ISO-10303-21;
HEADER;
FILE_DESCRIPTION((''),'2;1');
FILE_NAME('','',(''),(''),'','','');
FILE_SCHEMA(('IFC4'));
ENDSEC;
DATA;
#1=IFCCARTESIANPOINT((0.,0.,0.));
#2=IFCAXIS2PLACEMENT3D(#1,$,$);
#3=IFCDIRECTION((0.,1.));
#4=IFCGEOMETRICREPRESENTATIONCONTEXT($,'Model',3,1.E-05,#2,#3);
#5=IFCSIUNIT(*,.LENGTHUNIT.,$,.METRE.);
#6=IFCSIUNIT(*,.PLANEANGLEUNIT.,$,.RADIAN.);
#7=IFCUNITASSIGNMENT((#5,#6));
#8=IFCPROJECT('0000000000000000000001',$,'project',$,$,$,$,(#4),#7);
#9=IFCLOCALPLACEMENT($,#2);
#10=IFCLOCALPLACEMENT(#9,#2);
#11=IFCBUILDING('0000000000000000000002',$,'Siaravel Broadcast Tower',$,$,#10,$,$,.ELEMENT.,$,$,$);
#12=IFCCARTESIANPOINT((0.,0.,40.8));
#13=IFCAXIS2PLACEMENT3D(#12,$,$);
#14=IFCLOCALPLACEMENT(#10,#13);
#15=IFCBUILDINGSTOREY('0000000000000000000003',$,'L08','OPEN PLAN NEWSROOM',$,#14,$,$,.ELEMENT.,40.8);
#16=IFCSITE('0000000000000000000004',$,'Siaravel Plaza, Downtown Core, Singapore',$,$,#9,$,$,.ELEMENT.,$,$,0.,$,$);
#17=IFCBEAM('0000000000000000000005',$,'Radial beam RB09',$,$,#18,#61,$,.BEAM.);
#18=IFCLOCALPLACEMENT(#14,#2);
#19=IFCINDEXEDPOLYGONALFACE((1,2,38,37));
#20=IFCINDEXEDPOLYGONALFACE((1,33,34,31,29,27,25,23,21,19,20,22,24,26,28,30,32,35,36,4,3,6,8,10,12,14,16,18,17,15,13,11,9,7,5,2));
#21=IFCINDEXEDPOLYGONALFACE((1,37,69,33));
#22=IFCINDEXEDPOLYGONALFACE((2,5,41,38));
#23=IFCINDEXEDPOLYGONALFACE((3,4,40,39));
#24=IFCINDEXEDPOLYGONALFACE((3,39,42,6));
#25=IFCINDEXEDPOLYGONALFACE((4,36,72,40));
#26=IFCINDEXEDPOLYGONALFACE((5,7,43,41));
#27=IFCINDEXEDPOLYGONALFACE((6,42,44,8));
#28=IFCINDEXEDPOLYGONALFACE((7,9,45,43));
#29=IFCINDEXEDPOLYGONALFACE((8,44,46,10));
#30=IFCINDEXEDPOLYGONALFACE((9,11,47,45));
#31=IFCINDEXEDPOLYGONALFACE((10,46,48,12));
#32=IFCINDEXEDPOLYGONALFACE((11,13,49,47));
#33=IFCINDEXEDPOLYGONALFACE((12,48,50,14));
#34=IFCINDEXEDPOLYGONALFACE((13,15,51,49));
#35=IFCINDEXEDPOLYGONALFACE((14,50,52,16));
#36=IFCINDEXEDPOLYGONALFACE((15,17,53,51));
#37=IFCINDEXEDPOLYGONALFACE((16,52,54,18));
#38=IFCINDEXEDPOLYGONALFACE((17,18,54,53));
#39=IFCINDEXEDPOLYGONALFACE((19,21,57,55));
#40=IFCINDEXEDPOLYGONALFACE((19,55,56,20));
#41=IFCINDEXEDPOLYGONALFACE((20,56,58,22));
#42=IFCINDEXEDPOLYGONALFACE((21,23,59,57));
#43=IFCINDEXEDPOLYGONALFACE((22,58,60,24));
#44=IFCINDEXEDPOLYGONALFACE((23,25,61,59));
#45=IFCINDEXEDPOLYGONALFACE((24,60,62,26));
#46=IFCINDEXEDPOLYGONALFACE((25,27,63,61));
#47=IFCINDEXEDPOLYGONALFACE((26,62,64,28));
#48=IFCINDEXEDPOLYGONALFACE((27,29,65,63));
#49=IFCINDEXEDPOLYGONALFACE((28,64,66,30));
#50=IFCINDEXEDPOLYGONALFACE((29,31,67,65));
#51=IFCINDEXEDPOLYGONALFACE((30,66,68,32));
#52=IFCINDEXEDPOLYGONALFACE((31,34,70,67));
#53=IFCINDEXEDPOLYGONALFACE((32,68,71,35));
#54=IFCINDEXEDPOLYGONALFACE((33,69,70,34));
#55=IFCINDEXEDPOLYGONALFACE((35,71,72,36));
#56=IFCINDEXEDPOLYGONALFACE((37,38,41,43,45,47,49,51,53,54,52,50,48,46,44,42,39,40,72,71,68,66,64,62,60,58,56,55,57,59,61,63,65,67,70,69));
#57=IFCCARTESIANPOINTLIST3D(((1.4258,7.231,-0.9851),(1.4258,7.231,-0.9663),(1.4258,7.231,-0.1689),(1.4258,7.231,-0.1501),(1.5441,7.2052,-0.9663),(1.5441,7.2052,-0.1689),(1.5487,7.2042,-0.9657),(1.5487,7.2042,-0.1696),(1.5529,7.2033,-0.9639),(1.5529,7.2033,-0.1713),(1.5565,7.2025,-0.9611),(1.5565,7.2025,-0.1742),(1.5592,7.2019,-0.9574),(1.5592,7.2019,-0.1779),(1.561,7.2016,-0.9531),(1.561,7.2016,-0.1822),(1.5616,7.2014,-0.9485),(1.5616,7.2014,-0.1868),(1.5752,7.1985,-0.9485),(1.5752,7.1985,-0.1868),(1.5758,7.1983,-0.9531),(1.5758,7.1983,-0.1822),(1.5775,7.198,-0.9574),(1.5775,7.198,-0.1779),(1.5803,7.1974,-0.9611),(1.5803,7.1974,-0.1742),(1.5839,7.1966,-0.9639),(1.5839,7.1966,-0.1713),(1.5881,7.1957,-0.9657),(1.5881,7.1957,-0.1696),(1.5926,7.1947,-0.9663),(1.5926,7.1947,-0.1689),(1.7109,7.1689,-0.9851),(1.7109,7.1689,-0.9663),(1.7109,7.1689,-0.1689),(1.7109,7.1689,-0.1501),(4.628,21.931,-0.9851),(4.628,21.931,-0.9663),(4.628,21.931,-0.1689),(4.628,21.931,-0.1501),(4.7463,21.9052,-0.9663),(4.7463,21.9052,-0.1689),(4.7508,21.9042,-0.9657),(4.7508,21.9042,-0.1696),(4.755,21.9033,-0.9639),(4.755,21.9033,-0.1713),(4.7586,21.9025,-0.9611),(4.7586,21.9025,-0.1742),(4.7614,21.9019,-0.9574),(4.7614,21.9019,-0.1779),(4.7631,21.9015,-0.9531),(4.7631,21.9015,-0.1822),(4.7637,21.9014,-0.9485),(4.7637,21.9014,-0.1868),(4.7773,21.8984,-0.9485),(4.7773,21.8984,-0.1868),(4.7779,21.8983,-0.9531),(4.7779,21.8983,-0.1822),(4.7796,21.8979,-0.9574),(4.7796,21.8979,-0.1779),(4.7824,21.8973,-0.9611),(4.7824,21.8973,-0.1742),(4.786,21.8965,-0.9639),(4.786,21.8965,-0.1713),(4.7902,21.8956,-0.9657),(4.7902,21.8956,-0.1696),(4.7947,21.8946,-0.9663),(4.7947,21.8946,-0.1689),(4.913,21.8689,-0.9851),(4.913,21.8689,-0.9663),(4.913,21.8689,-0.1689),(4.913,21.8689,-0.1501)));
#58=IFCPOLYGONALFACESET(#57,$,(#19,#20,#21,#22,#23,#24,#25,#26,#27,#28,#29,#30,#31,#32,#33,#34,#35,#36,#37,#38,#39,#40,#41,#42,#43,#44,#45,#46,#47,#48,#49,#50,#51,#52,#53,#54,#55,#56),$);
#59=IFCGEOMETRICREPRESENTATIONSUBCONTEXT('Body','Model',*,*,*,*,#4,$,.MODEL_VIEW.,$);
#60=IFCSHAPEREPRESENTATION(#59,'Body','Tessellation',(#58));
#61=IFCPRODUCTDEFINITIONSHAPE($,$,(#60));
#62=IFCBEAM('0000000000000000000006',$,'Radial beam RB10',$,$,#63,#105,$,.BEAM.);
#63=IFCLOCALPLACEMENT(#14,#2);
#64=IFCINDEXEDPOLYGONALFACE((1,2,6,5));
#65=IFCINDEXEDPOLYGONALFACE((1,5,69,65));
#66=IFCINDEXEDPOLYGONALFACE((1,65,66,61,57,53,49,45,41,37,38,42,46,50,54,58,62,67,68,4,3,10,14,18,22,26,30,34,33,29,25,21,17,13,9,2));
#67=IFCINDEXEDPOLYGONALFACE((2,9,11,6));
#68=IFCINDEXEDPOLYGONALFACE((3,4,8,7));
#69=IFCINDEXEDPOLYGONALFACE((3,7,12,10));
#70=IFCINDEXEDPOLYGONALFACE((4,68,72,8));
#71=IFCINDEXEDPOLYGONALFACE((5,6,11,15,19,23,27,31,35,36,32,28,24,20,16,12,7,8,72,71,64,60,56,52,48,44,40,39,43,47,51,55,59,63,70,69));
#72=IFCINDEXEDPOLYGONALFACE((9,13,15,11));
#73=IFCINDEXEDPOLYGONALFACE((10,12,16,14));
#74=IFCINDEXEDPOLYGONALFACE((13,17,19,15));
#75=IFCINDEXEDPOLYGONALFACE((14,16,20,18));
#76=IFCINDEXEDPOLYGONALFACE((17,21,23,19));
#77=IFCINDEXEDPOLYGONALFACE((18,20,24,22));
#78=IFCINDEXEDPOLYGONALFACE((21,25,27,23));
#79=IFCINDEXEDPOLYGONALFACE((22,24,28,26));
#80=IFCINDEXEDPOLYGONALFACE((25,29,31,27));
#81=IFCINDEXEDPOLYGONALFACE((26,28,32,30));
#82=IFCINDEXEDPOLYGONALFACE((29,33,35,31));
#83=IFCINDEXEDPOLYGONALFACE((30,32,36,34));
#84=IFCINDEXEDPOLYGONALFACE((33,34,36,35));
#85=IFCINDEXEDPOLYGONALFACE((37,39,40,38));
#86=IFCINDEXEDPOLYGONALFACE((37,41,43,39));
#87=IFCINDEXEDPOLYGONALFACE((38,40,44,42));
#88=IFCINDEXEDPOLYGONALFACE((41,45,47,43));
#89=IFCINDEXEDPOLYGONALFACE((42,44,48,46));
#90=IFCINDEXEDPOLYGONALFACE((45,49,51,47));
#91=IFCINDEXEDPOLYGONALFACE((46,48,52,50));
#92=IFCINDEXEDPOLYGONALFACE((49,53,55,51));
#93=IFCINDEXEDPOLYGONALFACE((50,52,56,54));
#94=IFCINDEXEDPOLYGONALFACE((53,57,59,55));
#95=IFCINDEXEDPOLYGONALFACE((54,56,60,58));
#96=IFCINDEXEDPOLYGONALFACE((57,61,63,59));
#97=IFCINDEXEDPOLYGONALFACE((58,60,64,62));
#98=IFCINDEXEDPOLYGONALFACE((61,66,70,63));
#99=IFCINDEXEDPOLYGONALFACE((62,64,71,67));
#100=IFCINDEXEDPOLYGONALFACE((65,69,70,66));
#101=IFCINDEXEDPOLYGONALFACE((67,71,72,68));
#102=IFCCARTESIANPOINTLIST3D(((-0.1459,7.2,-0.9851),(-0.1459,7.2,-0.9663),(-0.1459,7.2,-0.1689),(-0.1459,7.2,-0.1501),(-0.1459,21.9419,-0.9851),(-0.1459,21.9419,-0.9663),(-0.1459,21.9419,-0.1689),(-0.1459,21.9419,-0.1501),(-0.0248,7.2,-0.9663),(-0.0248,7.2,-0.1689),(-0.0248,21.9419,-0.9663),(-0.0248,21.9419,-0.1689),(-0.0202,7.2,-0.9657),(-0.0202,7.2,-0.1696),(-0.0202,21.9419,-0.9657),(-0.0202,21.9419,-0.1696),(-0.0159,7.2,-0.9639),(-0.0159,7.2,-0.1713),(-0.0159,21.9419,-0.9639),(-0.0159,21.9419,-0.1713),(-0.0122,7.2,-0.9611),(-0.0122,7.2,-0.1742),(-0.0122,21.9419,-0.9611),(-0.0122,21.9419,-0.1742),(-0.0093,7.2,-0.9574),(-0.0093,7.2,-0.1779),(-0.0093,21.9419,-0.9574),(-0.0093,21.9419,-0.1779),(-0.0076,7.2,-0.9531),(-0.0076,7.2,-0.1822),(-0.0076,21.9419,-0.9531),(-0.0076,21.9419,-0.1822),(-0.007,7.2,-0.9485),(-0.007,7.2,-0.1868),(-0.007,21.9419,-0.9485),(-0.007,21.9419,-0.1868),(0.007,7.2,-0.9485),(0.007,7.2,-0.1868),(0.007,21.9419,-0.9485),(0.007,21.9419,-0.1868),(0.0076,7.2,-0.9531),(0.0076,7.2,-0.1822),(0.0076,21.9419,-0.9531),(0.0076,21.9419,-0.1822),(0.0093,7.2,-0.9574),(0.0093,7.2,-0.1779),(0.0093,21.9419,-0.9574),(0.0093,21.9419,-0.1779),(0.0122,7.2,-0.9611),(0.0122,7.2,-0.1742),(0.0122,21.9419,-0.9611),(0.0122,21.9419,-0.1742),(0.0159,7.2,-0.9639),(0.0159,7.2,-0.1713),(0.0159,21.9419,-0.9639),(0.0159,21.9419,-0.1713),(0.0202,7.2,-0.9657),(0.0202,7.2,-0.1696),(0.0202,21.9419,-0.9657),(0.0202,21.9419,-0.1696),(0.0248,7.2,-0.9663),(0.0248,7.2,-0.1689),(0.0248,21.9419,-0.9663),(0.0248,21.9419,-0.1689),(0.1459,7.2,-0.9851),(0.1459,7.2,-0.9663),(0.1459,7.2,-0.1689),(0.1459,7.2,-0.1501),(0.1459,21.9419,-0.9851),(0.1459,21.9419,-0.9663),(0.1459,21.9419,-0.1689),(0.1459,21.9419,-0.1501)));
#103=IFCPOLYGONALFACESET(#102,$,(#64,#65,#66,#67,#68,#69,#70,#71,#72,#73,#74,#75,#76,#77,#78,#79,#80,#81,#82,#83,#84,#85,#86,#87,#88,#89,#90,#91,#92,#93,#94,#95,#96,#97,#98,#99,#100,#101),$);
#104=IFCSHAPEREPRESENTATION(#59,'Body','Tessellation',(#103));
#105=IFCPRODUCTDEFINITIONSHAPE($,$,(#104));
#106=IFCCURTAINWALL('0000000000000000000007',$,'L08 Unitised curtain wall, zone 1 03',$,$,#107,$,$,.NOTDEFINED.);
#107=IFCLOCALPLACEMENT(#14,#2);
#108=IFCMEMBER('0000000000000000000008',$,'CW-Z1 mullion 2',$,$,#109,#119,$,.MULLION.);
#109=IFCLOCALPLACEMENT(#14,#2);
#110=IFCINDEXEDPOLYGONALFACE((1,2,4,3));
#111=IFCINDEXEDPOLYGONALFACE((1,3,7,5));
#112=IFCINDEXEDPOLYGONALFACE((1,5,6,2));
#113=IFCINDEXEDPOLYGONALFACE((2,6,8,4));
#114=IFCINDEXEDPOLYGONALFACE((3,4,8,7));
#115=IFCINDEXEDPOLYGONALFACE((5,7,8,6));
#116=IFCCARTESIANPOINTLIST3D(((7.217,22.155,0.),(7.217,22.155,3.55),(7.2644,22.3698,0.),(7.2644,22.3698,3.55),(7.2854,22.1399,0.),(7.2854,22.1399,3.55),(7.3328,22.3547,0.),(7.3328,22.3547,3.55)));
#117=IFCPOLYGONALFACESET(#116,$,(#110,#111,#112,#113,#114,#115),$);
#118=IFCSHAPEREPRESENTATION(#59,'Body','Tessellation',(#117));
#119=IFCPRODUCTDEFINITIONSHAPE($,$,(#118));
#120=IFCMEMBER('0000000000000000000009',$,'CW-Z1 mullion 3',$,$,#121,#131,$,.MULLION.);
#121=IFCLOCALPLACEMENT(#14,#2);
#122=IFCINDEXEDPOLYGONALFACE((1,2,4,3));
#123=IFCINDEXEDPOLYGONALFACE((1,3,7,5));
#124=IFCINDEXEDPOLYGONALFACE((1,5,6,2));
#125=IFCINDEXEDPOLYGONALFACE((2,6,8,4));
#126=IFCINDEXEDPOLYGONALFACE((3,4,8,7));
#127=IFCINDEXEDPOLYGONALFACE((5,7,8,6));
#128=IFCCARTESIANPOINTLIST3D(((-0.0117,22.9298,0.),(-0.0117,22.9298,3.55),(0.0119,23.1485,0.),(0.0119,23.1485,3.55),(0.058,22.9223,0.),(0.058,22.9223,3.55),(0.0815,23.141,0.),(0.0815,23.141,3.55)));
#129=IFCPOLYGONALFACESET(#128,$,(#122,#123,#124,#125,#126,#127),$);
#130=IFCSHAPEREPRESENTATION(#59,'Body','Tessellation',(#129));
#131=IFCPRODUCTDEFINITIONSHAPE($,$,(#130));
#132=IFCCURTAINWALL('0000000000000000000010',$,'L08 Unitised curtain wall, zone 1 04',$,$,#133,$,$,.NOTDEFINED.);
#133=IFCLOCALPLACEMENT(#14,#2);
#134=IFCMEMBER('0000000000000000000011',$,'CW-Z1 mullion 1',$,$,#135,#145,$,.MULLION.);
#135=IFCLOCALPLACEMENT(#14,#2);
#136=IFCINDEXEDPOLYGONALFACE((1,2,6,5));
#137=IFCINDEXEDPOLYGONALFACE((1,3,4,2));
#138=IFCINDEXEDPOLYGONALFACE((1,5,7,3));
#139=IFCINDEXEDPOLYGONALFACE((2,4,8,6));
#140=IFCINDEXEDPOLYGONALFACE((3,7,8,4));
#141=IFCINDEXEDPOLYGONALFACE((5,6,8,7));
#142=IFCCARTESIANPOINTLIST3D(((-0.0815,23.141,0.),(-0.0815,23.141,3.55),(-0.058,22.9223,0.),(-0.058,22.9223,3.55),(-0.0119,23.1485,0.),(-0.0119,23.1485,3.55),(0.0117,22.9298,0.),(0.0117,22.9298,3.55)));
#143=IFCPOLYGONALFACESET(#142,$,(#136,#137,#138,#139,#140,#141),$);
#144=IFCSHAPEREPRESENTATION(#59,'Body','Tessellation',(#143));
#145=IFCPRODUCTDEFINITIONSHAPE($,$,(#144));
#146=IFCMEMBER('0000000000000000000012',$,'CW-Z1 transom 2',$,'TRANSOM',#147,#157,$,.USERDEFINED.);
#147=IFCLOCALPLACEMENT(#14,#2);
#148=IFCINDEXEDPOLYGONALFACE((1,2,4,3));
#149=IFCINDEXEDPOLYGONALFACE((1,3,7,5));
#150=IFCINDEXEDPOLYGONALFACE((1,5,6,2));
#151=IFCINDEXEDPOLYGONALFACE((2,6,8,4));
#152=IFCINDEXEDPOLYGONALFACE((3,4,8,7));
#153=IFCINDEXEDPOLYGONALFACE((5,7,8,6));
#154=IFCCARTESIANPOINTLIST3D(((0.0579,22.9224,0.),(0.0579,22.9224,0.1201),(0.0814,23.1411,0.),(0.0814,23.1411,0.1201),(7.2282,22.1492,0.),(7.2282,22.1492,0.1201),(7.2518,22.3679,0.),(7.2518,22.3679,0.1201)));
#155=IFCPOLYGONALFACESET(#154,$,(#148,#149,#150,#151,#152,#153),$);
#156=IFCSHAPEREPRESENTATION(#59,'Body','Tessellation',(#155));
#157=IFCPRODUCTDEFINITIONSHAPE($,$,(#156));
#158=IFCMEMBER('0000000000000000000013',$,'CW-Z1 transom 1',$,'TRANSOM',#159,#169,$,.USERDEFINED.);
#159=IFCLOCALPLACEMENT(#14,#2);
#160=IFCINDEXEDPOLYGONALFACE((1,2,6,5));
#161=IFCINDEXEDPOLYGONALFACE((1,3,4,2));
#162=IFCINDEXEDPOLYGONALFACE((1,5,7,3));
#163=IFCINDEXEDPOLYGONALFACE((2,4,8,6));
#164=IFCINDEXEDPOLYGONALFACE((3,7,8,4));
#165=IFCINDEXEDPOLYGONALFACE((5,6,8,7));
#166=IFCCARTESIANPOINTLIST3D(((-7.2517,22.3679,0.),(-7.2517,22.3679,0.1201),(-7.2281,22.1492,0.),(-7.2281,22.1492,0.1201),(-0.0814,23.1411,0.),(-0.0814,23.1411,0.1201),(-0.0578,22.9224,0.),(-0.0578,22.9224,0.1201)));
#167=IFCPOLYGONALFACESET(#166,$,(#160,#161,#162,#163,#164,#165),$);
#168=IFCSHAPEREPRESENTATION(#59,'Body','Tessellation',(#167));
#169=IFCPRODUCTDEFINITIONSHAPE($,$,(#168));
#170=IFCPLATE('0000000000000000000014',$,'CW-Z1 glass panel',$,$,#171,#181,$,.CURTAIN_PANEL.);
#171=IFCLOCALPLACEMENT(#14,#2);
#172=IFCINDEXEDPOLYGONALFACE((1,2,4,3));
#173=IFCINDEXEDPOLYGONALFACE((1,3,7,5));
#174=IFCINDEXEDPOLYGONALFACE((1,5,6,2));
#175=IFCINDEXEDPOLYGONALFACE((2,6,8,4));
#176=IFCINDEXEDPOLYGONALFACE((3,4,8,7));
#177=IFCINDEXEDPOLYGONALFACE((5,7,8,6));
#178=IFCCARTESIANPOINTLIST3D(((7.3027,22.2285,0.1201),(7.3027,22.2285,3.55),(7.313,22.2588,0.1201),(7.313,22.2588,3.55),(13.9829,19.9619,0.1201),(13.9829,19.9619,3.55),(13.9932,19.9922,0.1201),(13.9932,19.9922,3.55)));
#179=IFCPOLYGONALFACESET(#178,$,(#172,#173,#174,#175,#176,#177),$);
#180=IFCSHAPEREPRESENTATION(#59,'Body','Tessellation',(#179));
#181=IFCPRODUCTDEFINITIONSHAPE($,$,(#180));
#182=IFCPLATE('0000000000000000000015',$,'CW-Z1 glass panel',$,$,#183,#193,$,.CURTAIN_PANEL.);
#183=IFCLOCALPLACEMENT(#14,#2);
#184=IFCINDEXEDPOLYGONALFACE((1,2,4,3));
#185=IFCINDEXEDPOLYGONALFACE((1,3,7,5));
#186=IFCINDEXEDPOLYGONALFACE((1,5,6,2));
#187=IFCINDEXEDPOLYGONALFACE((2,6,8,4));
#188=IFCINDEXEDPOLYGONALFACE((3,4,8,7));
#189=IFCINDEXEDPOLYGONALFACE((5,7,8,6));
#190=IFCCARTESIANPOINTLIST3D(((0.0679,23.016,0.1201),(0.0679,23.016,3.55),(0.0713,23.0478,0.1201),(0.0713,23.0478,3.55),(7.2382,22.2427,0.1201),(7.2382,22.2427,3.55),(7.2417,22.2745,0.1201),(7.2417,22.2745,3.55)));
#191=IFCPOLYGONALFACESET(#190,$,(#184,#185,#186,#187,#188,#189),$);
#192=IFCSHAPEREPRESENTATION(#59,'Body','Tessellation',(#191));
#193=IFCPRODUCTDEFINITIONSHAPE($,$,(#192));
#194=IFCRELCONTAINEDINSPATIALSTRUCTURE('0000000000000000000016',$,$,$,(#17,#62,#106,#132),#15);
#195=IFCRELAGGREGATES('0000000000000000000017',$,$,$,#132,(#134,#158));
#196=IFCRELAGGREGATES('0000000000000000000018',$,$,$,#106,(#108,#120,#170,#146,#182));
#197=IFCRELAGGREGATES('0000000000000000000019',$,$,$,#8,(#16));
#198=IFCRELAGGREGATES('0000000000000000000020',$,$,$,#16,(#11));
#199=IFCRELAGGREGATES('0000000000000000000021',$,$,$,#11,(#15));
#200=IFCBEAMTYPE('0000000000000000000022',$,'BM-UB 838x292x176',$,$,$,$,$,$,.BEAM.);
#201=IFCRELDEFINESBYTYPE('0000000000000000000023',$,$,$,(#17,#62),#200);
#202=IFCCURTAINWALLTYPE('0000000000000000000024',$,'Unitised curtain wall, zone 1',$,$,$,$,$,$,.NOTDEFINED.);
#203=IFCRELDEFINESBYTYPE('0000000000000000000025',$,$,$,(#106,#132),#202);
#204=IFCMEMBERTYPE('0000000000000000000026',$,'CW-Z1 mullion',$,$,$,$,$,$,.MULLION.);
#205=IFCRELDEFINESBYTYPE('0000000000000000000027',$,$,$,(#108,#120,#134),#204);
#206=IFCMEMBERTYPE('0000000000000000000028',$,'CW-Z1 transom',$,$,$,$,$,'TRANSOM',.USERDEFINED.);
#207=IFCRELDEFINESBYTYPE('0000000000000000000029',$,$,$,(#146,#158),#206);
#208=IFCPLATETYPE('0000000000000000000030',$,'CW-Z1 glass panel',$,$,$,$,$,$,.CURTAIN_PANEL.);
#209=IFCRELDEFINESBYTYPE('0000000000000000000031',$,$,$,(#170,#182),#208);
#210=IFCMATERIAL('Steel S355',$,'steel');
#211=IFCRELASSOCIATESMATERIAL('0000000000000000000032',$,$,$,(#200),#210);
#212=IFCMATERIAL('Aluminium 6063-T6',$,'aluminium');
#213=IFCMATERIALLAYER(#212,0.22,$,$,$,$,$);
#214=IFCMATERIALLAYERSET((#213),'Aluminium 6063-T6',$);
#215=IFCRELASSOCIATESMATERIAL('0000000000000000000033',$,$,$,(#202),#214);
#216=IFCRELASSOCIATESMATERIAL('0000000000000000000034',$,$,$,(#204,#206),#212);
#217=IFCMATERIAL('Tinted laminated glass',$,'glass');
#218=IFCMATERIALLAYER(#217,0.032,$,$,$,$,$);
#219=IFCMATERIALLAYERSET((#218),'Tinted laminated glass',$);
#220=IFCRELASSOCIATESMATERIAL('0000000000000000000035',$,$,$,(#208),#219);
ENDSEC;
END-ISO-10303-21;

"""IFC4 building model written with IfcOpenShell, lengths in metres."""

from ifc_helpers import new_model, si_unit, direction, frame, origin, origin_2d, place, context, subcontext, project, spatial, rectangle, i_section, extrude, material, layer, layer_set, material_profile, profile_set, type_object, element, aggregate, save


model = new_model("IFC4")

# Units and contexts
model_context = context("Model", 3, precision=1e-05, world=origin(), true_north=direction((0.0, 1.0)))
body_context = subcontext(model_context, "Body", "Model", "MODEL_VIEW")
ifc_project = project(units=[si_unit("LENGTHUNIT", "METRE"), si_unit("PLANEANGLEUNIT", "RADIAN")], contexts=[model_context])

# Site, building, storey
site_placement = place(None, origin())
site = spatial("IfcSite", under=ifc_project, at=site_placement, Name="Siaravel Plaza, Downtown Core, Singapore", CompositionType="ELEMENT", RefElevation=0.0)
building_placement = place(site_placement, origin())
building = spatial("IfcBuilding", under=site, at=building_placement, Name="Siaravel Broadcast Tower", CompositionType="ELEMENT")
storey_placement = place(building_placement, frame((0.0, 0.0, 40.8)))
storey = spatial("IfcBuildingStorey", under=building, at=storey_placement, Name="L08", Description="OPEN PLAN NEWSROOM", CompositionType="ELEMENT", Elevation=40.8)

# Beams
ifc_material_1 = material(Name="Steel S355", Category="steel")
ifc_material_profile_1 = material_profile(ifc_material_1, i_section(OverallWidth=0.2917, OverallDepth=0.835, WebThickness=0.0139, FlangeThickness=0.0188, FilletRadius=0.0178, at=origin_2d()))
ifc_profile_set_1 = profile_set([ifc_material_profile_1], Name="Steel S355")
beam_type = type_object("IfcBeamType", Name="BM-UB 838x292x176", PredefinedType="BEAM", material=ifc_profile_set_1)
beam_1_placement = place(storey_placement, frame((4.7705, 21.8999, -0.5676), z_axis=(-0.212843, -0.977086, 0.0), x_axis=(0.977086, -0.212843, 0.0)))
element("IfcBeam", 1, at=beam_1_placement, inside=storey, type_object=beam_type, Name="Radial beam RB09", PredefinedType="BEAM", context=body_context, shape_type="SweptSolid", body=[
    extrude(i_section(OverallWidth=0.2917, OverallDepth=0.835, WebThickness=0.0139, FlangeThickness=0.0188, FilletRadius=0.0178, at=origin_2d()), origin(), (0.0, 0.0, 1.0), 15.0447),
])
beam_2_placement = place(storey_placement, frame((0.0, 21.9419, -0.5676), z_axis=(0.0, -1.0, 0.0), x_axis=(1.0, 0.0, 0.0)))
element("IfcBeam", 2, at=beam_2_placement, inside=storey, type_object=beam_type, Name="Radial beam RB10", PredefinedType="BEAM", context=body_context, shape_type="SweptSolid", body=[
    extrude(i_section(OverallWidth=0.2917, OverallDepth=0.835, WebThickness=0.0139, FlangeThickness=0.0188, FilletRadius=0.0178, at=origin_2d()), origin(), (0.0, 0.0, 1.0), 14.7419),
])

# Curtain wall, members
ifc_material_2 = material(Name="Aluminium 6063-T6", Category="aluminium")
ifc_layer_1 = layer(ifc_material_2, 0.22)
ifc_layer_set_1 = layer_set([ifc_layer_1], Name="Aluminium 6063-T6")
curtain_wall_type = type_object("IfcCurtainWallType", Name="Unitised curtain wall, zone 1", PredefinedType="NOTDEFINED", material=ifc_layer_set_1)
curtain_wall_1_placement = place(storey_placement, origin())
curtain_wall_1 = element("IfcCurtainWall", 3, at=curtain_wall_1_placement, inside=storey, type_object=curtain_wall_type, Name="L08 Unitised curtain wall, zone 1 03", PredefinedType="NOTDEFINED")
ifc_material_profile_2 = material_profile(ifc_material_2, rectangle(XDim=0.22, YDim=0.0701, at=origin_2d()))
ifc_profile_set_2 = profile_set([ifc_material_profile_2], Name="Aluminium 6063-T6")
member_type_1 = type_object("IfcMemberType", Name="CW-Z1 mullion", PredefinedType="MULLION", material=ifc_profile_set_2)
member_1_placement = place(storey_placement, frame((7.2749, 22.2549, 0.0), z_axis=(0.0, 0.0, 1.0), x_axis=(-0.215558, -0.976491, 0.0)))
member_1 = element("IfcMember", 4, at=member_1_placement, type_object=member_type_1, Name="CW-Z1 mullion 2", PredefinedType="MULLION", context=body_context, shape_type="SweptSolid", body=[
    extrude(rectangle(XDim=0.22, YDim=0.0701, at=origin_2d()), origin(), (0.0, 0.0, 1.0), 3.55),
])
member_2_placement = place(storey_placement, frame((0.0349, 23.0354, 0.0), z_axis=(0.0, 0.0, 1.0), x_axis=(-0.107218, -0.994236, 0.0)))
member_2 = element("IfcMember", 5, at=member_2_placement, type_object=member_type_1, Name="CW-Z1 mullion 3", PredefinedType="MULLION", context=body_context, shape_type="SweptSolid", body=[
    extrude(rectangle(XDim=0.22, YDim=0.0701, at=origin_2d()), origin(), (0.0, 0.0, 1.0), 3.55),
])

# Curtain wall, member
curtain_wall_2_placement = place(storey_placement, origin())
curtain_wall_2 = element("IfcCurtainWall", 6, at=curtain_wall_2_placement, inside=storey, type_object=curtain_wall_type, Name="L08 Unitised curtain wall, zone 1 04", PredefinedType="NOTDEFINED")
member_3_placement = place(storey_placement, frame((-0.0349, 23.0354, 0.0), z_axis=(0.0, 0.0, 1.0), x_axis=(0.107218, -0.994236, 0.0)))
member_3 = element("IfcMember", 7, at=member_3_placement, type_object=member_type_1, Name="CW-Z1 mullion 1", PredefinedType="MULLION", context=body_context, shape_type="SweptSolid", body=[
    extrude(rectangle(XDim=0.22, YDim=0.0701, at=origin_2d()), origin(), (0.0, 0.0, 1.0), 3.55),
])

# Members
ifc_material_profile_3 = material_profile(ifc_material_2, rectangle(XDim=0.22, YDim=0.1201, at=origin_2d()))
ifc_profile_set_3 = profile_set([ifc_material_profile_3], Name="Aluminium 6063-T6")
member_type_2 = type_object("IfcMemberType", Name="CW-Z1 transom", ElementType="TRANSOM", PredefinedType="USERDEFINED", material=ifc_profile_set_3)
member_4_placement = place(storey_placement, frame((7.24, 22.2585, 0.0601), z_axis=(-0.994236, 0.10721, 0.0), x_axis=(-0.10721, -0.994236, 0.0)))
member_4 = element("IfcMember", 8, at=member_4_placement, type_object=member_type_2, Name="CW-Z1 transom 2", ObjectType="TRANSOM", PredefinedType="USERDEFINED", context=body_context, shape_type="SweptSolid", body=[
    extrude(rectangle(XDim=0.22, YDim=0.1201, at=origin_2d()), origin(), (0.0, 0.0, 1.0), 7.2119),
])
member_5_placement = place(storey_placement, frame((-0.0696, 23.0317, 0.0601), z_axis=(-0.994236, -0.10721, 0.0), x_axis=(0.10721, -0.994236, 0.0)))
member_5 = element("IfcMember", 9, at=member_5_placement, type_object=member_type_2, Name="CW-Z1 transom 1", ObjectType="TRANSOM", PredefinedType="USERDEFINED", context=body_context, shape_type="SweptSolid", body=[
    extrude(rectangle(XDim=0.22, YDim=0.1201, at=origin_2d()), origin(), (0.0, 0.0, 1.0), 7.2119),
])
aggregate(curtain_wall_2, [member_3, member_5])

# Plates
ifc_material_3 = material(Name="Tinted laminated glass", Category="glass")
ifc_layer_2 = layer(ifc_material_3, 0.032)
ifc_layer_set_2 = layer_set([ifc_layer_2], Name="Tinted laminated glass")
plate_type = type_object("IfcPlateType", Name="CW-Z1 glass panel", PredefinedType="CURTAIN_PANEL", material=ifc_layer_set_2)
plate_1_placement = place(storey_placement, frame((10.6479, 21.1104, 0.1201), z_axis=(0.0, 0.0, 1.0), x_axis=(-0.946977, 0.321301, 0.0)))
plate_1 = element("IfcPlate", 10, at=plate_1_placement, type_object=plate_type, Name="CW-Z1 glass panel", PredefinedType="CURTAIN_PANEL", context=body_context, shape_type="SweptSolid", body=[
    extrude(rectangle(XDim=7.0542, YDim=0.032, at=origin_2d()), origin(), (0.0, 0.0, 1.0), 3.4299),
])
plate_2_placement = place(storey_placement, frame((3.6548, 22.6453, 0.1201), z_axis=(0.0, 0.0, 1.0), x_axis=(-0.994236, 0.107218, 0.0)))
plate_2 = element("IfcPlate", 11, at=plate_2_placement, type_object=plate_type, Name="CW-Z1 glass panel", PredefinedType="CURTAIN_PANEL", context=body_context, shape_type="SweptSolid", body=[
    extrude(rectangle(XDim=7.2119, YDim=0.032, at=origin_2d()), origin(), (0.0, 0.0, 1.0), 3.4299),
])
aggregate(curtain_wall_1, [member_1, member_2, plate_1, member_4, plate_2])

save(model, "model.ifc")
